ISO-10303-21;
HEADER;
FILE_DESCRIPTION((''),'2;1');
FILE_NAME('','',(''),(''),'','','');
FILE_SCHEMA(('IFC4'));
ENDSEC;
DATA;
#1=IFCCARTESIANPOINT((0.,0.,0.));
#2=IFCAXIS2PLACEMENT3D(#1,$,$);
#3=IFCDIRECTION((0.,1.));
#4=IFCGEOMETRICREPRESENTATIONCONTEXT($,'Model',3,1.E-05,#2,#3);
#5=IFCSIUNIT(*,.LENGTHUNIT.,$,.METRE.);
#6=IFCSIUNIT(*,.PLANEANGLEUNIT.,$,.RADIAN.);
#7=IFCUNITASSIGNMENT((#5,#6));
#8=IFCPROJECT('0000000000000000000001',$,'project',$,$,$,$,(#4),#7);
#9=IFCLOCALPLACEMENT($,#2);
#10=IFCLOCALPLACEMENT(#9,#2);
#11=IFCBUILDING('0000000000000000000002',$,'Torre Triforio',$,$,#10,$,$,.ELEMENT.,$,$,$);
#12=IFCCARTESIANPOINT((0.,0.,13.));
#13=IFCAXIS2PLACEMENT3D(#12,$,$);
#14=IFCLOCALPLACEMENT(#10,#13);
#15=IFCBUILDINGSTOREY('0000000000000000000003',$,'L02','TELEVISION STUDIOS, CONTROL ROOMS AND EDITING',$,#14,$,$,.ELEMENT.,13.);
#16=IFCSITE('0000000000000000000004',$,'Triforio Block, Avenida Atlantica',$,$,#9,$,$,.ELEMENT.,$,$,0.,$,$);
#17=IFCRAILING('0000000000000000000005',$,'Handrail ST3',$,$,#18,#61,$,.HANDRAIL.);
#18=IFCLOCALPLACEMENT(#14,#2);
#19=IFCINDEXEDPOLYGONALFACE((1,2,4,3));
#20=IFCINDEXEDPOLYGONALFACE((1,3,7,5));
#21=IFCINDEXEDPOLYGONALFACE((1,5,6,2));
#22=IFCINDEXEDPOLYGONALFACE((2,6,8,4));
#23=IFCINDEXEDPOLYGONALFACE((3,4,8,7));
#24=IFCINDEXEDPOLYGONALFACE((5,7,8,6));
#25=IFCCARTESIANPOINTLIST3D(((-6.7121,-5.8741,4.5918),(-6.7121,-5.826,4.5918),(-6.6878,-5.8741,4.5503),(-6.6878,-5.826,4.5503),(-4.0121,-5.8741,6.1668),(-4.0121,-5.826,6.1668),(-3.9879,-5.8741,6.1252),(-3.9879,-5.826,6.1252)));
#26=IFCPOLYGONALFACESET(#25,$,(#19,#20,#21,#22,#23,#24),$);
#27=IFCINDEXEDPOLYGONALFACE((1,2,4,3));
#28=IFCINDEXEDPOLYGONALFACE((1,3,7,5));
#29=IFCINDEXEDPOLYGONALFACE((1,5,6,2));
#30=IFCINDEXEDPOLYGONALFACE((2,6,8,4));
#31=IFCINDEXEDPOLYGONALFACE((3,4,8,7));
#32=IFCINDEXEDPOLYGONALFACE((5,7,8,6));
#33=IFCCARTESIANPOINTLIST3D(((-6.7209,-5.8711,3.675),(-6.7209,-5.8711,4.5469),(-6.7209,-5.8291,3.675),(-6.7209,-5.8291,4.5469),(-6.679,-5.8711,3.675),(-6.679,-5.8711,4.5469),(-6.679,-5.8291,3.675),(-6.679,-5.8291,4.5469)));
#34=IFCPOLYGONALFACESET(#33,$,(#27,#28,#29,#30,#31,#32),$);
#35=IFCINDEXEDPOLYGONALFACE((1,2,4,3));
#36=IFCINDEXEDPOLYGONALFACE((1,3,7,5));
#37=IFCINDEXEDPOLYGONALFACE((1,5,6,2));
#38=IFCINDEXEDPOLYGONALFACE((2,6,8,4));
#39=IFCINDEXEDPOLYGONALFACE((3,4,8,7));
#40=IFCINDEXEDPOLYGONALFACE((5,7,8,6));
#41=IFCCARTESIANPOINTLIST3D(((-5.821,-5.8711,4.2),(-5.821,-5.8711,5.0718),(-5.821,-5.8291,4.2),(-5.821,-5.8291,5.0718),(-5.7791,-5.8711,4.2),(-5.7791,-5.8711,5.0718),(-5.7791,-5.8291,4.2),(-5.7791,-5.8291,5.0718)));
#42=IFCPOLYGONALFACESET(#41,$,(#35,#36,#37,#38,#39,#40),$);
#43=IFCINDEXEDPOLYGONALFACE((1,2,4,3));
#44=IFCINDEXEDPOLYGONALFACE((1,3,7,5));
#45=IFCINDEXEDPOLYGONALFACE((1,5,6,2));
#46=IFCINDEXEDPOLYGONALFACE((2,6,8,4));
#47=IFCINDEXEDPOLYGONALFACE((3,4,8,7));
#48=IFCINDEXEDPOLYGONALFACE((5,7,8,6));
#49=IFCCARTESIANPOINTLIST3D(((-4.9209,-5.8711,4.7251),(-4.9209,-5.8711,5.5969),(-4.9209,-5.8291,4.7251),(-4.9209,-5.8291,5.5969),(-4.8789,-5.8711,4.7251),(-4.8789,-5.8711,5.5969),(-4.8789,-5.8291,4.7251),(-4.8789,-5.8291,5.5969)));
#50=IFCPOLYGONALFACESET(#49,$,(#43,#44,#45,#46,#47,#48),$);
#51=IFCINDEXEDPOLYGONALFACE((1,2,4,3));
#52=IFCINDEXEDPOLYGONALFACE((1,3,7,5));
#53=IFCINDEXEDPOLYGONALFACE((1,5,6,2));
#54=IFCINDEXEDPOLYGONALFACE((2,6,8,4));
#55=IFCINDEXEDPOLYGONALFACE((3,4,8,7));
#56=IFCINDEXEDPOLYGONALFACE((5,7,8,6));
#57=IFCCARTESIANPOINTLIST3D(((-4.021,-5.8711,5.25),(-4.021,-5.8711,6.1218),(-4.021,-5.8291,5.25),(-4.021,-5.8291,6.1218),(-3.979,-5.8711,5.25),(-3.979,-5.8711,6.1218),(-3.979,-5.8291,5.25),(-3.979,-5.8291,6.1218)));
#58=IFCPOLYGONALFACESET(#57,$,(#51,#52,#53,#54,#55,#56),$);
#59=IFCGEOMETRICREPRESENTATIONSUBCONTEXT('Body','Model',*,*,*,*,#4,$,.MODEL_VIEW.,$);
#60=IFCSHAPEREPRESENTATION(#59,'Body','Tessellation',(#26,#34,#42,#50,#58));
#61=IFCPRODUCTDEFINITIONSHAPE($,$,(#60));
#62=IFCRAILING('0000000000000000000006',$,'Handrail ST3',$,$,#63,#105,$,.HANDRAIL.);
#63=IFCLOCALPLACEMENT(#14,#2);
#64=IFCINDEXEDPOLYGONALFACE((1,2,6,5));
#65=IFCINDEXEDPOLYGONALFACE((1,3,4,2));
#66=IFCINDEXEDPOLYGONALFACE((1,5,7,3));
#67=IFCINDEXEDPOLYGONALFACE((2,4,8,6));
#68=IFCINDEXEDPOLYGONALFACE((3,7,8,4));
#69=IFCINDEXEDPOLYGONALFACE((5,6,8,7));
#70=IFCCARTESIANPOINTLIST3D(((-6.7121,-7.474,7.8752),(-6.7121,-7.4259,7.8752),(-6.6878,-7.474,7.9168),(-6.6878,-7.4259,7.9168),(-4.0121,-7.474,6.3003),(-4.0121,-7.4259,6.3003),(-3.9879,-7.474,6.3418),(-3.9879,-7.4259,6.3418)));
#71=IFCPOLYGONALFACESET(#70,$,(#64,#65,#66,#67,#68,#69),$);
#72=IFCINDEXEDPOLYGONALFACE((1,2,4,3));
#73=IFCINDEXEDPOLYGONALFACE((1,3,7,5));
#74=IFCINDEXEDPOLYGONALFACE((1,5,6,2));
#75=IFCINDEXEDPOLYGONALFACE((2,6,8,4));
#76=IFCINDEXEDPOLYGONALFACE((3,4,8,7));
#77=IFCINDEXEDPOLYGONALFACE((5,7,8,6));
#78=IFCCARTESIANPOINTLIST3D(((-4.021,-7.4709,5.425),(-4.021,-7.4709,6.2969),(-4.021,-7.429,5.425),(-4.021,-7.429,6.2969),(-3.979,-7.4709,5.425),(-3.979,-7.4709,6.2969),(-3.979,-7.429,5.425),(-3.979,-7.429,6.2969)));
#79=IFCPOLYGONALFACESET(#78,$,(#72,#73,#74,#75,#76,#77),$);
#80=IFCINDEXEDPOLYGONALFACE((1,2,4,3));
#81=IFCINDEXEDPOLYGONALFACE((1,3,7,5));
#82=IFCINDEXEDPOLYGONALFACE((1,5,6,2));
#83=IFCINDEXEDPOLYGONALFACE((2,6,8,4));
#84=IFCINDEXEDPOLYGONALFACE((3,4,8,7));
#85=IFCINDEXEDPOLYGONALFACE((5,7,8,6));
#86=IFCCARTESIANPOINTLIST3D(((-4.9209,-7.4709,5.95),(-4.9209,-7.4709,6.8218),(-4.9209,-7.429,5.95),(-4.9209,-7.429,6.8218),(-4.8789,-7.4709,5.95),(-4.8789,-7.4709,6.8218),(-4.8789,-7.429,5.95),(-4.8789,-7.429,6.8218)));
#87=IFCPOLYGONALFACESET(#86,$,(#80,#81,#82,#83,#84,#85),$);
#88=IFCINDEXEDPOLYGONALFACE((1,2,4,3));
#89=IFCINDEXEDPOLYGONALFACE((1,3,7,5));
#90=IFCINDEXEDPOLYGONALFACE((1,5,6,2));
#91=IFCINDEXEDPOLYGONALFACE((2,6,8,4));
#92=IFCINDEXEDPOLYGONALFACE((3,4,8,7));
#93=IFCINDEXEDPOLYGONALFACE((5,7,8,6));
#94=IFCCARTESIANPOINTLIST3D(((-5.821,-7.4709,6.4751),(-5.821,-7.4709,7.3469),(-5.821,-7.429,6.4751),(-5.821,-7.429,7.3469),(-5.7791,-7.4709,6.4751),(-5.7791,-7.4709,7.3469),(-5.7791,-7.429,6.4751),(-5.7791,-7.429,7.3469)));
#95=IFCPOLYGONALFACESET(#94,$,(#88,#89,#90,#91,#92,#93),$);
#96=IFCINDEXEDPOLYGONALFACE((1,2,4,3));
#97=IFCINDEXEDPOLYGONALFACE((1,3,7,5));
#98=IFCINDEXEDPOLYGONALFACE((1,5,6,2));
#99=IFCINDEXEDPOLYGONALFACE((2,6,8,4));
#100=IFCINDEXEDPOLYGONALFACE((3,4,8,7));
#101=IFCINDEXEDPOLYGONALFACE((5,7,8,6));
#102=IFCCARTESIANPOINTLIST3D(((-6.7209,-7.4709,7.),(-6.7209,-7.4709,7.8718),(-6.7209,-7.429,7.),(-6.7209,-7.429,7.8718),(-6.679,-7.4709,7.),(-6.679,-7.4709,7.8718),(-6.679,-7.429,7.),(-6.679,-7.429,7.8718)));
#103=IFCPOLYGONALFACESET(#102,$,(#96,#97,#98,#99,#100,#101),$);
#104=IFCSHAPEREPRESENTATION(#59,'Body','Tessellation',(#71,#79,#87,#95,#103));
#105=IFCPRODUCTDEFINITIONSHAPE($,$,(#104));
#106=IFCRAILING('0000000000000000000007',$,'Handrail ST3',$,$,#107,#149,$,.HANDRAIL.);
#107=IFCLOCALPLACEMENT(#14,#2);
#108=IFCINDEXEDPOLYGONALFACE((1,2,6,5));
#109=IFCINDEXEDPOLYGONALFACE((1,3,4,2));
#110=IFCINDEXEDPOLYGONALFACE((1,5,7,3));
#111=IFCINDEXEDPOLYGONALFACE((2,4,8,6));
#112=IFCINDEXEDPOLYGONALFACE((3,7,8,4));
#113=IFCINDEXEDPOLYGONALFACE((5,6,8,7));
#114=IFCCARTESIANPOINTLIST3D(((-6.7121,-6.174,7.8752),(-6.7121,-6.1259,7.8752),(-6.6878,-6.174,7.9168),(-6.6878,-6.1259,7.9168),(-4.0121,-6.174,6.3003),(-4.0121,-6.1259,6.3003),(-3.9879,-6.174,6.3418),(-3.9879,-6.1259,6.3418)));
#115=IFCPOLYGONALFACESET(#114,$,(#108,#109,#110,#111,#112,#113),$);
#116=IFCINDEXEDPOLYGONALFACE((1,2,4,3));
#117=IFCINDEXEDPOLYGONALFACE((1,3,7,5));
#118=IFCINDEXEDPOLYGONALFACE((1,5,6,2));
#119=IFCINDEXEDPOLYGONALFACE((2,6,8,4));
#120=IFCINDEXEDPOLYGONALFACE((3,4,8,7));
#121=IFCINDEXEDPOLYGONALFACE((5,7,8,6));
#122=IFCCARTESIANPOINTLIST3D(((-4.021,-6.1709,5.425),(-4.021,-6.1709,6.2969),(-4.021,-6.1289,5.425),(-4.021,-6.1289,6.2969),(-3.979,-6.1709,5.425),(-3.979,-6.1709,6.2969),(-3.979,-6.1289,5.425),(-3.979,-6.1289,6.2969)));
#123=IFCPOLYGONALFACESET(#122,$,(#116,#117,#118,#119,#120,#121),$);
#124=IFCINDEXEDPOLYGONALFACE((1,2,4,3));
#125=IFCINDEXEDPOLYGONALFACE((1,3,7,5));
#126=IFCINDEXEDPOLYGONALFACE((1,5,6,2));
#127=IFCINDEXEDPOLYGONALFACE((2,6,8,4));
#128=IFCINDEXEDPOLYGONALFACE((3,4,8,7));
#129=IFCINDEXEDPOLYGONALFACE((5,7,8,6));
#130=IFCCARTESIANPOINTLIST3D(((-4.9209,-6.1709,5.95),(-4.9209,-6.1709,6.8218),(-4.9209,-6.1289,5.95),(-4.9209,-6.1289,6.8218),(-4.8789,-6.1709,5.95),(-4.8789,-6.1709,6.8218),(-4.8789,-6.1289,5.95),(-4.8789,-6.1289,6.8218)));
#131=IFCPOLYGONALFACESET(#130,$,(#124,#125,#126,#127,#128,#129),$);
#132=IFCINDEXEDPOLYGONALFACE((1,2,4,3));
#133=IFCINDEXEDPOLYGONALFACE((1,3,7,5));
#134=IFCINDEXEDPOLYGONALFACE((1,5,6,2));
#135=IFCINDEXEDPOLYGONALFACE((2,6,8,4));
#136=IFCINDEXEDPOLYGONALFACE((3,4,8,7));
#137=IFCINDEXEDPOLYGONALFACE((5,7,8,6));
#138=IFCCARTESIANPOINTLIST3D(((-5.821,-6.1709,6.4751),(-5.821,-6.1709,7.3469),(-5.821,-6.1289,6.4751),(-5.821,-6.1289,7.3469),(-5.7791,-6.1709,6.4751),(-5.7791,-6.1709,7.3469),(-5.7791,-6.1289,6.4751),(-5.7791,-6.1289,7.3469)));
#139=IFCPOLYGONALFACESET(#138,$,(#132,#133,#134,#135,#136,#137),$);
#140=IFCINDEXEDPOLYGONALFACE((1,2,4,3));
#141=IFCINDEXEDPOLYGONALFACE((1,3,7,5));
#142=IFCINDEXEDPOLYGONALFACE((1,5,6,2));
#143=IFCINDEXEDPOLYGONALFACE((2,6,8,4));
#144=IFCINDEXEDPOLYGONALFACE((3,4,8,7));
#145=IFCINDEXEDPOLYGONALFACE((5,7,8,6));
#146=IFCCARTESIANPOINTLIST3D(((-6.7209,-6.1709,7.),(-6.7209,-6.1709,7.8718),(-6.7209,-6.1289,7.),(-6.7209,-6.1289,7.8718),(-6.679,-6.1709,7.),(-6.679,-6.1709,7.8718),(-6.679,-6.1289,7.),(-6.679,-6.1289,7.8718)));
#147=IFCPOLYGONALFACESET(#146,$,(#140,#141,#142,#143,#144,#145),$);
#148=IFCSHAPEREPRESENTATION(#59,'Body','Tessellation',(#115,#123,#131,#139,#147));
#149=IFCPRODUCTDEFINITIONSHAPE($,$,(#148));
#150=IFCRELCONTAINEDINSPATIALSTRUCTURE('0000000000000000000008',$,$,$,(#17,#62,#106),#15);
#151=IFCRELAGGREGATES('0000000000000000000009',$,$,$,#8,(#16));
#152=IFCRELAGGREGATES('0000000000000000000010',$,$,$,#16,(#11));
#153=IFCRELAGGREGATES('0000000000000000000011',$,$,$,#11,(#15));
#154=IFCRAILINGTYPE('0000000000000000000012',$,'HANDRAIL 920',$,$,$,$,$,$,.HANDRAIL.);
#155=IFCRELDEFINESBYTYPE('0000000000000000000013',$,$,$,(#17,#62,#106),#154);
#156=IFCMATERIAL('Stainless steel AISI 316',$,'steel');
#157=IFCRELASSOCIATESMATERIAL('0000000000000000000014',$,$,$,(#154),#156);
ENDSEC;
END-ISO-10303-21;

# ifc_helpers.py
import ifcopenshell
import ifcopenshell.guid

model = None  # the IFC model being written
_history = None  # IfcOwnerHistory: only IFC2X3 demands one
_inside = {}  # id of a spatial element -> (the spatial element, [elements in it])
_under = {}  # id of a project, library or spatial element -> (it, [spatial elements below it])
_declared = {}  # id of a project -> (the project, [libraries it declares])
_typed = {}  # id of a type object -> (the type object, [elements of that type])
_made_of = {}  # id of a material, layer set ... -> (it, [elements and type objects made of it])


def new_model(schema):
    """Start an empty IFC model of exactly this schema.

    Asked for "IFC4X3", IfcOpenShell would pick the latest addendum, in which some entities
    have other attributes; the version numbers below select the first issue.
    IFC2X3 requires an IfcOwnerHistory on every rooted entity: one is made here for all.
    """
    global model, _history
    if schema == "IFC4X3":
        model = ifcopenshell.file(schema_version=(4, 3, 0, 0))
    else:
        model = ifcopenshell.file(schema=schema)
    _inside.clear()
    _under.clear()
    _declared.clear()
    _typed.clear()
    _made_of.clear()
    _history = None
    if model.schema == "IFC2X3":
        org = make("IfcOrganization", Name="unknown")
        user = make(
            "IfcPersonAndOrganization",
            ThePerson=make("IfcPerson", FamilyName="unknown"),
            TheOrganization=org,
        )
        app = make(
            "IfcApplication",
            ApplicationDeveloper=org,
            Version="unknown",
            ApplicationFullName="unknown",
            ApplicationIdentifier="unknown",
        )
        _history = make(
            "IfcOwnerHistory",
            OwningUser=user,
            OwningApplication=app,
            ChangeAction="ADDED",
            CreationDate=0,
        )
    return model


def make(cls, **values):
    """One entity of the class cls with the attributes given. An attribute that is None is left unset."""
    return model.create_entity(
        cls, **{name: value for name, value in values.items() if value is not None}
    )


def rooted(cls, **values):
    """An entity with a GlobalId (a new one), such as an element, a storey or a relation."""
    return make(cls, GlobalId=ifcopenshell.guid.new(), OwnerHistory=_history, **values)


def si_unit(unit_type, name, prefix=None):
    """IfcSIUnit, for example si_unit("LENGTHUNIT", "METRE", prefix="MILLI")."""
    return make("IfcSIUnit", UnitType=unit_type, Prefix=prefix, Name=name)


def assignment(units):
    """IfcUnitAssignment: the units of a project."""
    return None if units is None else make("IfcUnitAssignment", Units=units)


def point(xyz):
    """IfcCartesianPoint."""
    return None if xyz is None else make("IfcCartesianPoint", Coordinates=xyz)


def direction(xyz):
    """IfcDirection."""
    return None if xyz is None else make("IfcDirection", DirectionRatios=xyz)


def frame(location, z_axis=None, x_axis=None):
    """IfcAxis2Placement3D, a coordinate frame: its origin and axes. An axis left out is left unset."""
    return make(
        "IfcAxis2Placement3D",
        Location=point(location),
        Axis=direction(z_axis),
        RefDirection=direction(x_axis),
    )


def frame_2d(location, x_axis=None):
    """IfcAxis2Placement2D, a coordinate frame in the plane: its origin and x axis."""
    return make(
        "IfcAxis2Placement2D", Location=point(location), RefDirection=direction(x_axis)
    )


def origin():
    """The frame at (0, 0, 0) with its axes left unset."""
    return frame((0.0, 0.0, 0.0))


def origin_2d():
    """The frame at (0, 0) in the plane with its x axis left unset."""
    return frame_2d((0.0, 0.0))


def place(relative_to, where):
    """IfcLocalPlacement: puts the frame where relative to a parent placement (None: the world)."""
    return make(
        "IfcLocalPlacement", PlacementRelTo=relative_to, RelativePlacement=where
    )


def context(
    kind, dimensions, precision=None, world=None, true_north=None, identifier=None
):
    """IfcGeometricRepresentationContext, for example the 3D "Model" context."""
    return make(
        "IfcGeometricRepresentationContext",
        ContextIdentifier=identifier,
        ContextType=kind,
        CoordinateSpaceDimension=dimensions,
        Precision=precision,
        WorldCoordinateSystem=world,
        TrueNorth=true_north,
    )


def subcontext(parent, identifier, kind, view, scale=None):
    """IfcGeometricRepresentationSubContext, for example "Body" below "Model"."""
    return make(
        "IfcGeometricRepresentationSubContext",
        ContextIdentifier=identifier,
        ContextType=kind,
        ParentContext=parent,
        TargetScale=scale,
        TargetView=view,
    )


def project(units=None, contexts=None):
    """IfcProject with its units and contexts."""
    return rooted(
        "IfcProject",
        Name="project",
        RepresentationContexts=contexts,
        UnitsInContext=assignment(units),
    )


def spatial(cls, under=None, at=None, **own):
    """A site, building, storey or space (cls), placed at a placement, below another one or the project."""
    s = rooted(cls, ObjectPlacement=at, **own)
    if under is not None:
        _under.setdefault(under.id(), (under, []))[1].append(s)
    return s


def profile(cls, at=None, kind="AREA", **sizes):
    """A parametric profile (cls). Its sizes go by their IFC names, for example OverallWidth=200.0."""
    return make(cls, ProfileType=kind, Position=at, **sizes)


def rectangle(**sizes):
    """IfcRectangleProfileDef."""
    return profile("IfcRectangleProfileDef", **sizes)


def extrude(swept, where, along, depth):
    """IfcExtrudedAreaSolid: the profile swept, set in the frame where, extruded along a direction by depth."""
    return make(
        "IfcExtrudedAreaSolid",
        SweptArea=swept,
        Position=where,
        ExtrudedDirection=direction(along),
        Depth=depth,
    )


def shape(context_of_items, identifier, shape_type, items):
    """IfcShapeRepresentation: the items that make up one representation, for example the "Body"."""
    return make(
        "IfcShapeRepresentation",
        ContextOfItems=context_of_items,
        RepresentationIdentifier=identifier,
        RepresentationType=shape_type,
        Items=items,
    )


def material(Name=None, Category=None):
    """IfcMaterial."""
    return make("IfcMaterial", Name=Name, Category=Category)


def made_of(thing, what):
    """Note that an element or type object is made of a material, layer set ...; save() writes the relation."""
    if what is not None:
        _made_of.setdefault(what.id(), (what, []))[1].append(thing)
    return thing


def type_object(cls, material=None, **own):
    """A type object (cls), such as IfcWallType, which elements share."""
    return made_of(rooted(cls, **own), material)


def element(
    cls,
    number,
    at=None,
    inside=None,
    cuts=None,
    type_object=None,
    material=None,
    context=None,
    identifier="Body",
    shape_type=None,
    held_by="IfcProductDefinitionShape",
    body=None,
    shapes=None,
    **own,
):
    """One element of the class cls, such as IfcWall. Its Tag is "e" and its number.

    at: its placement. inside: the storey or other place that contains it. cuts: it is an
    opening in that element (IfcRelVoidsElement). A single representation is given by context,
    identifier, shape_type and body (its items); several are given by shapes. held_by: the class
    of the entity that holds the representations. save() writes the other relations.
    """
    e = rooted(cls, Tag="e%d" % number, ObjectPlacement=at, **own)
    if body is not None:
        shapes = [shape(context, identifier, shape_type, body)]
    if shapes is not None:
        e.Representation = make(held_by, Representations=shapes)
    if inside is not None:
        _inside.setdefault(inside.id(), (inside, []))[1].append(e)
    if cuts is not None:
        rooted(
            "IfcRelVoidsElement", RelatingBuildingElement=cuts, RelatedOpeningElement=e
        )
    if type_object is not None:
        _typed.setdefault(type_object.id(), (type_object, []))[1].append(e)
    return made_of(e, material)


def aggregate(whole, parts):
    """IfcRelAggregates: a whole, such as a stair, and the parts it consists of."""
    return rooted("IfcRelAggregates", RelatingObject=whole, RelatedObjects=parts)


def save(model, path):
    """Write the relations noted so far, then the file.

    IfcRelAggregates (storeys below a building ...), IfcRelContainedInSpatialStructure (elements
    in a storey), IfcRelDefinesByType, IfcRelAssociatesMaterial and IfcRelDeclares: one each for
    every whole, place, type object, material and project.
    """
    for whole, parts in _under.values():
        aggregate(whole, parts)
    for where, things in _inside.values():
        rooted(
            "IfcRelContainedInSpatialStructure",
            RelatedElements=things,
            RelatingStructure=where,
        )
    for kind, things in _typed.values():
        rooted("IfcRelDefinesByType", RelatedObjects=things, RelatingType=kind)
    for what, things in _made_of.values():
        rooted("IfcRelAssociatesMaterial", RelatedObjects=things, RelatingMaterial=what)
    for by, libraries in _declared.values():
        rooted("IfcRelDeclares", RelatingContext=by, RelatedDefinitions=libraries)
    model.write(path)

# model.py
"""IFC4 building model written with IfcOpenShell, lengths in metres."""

from ifc_helpers import new_model, si_unit, direction, frame, origin, origin_2d, place, context, subcontext, project, spatial, rectangle, extrude, material, type_object, element, save


model = new_model("IFC4")

# Units and contexts
model_context = context("Model", 3, precision=1e-05, world=origin(), true_north=direction((0.0, 1.0)))
body_context = subcontext(model_context, "Body", "Model", "MODEL_VIEW")
ifc_project = project(units=[si_unit("LENGTHUNIT", "METRE"), si_unit("PLANEANGLEUNIT", "RADIAN")], contexts=[model_context])

# Site, building, storey
site_placement = place(None, origin())
site = spatial("IfcSite", under=ifc_project, at=site_placement, Name="Triforio Block, Avenida Atlantica", CompositionType="ELEMENT", RefElevation=0.0)
building_placement = place(site_placement, origin())
building = spatial("IfcBuilding", under=site, at=building_placement, Name="Torre Triforio", CompositionType="ELEMENT")
storey_placement = place(building_placement, frame((0.0, 0.0, 13.0)))
storey = spatial("IfcBuildingStorey", under=building, at=storey_placement, Name="L02", Description="TELEVISION STUDIOS, CONTROL ROOMS AND EDITING", CompositionType="ELEMENT", Elevation=13.0)

# Railings
ifc_material_1 = material(Name="Stainless steel AISI 316", Category="steel")
railing_type = type_object("IfcRailingType", Name="HANDRAIL 920", PredefinedType="HANDRAIL", material=ifc_material_1)
railing_placement = place(storey_placement, frame((-6.7, -5.8501, 3.675)))
element("IfcRailing", 1, at=railing_placement, inside=storey, type_object=railing_type, Name="Handrail ST3", PredefinedType="HANDRAIL", context=body_context, shape_type="SweptSolid", body=[
    extrude(rectangle(XDim=0.0481, YDim=0.0481, at=origin_2d()), frame((0.0, 0.0, 0.896), z_axis=(0.863782, 0.0, 0.503866), x_axis=(0.0, 1.0, 0.0)), (0.0, 0.0, 1.0), 3.1257),
    extrude(rectangle(XDim=0.042, YDim=0.042, at=origin_2d()), origin(), (0.0, 0.0, 1.0), 0.8718),
    extrude(rectangle(XDim=0.042, YDim=0.042, at=origin_2d()), frame((0.8999, 0.0, 0.5249)), (0.0, 0.0, 1.0), 0.8718),
    extrude(rectangle(XDim=0.042, YDim=0.042, at=origin_2d()), frame((1.8, 0.0, 1.05)), (0.0, 0.0, 1.0), 0.8718),
    extrude(rectangle(XDim=0.042, YDim=0.042, at=origin_2d()), frame((2.7, 0.0, 1.575)), (0.0, 0.0, 1.0), 0.8718),
])
for number, where, name in (
    (2, (-4.0, -7.45, 5.425), "Handrail ST3"),
    (3, (-4.0, -6.1499, 5.425), "Handrail ST3"),
):
    element("IfcRailing", number, at=place(storey_placement, frame(where)), inside=storey, type_object=railing_type, Name=name, PredefinedType="HANDRAIL", context=body_context, shape_type="SweptSolid", body=[
        extrude(rectangle(XDim=0.0481, YDim=0.0481, at=origin_2d()), frame((0.0, 0.0, 0.896), z_axis=(-0.863782, 0.0, 0.503866), x_axis=(0.0, -1.0, 0.0)), (0.0, 0.0, 1.0), 3.1257),
        extrude(rectangle(XDim=0.042, YDim=0.042, at=origin_2d()), origin(), (0.0, 0.0, 1.0), 0.8718),
        extrude(rectangle(XDim=0.042, YDim=0.042, at=origin_2d()), frame((-0.8999, 0.0, 0.5249)), (0.0, 0.0, 1.0), 0.8718),
        extrude(rectangle(XDim=0.042, YDim=0.042, at=origin_2d()), frame((-1.8, 0.0, 1.05)), (0.0, 0.0, 1.0), 0.8718),
        extrude(rectangle(XDim=0.042, YDim=0.042, at=origin_2d()), frame((-2.7, 0.0, 1.575)), (0.0, 0.0, 1.0), 0.8718),
    ])

save(model, "model.ifc")
